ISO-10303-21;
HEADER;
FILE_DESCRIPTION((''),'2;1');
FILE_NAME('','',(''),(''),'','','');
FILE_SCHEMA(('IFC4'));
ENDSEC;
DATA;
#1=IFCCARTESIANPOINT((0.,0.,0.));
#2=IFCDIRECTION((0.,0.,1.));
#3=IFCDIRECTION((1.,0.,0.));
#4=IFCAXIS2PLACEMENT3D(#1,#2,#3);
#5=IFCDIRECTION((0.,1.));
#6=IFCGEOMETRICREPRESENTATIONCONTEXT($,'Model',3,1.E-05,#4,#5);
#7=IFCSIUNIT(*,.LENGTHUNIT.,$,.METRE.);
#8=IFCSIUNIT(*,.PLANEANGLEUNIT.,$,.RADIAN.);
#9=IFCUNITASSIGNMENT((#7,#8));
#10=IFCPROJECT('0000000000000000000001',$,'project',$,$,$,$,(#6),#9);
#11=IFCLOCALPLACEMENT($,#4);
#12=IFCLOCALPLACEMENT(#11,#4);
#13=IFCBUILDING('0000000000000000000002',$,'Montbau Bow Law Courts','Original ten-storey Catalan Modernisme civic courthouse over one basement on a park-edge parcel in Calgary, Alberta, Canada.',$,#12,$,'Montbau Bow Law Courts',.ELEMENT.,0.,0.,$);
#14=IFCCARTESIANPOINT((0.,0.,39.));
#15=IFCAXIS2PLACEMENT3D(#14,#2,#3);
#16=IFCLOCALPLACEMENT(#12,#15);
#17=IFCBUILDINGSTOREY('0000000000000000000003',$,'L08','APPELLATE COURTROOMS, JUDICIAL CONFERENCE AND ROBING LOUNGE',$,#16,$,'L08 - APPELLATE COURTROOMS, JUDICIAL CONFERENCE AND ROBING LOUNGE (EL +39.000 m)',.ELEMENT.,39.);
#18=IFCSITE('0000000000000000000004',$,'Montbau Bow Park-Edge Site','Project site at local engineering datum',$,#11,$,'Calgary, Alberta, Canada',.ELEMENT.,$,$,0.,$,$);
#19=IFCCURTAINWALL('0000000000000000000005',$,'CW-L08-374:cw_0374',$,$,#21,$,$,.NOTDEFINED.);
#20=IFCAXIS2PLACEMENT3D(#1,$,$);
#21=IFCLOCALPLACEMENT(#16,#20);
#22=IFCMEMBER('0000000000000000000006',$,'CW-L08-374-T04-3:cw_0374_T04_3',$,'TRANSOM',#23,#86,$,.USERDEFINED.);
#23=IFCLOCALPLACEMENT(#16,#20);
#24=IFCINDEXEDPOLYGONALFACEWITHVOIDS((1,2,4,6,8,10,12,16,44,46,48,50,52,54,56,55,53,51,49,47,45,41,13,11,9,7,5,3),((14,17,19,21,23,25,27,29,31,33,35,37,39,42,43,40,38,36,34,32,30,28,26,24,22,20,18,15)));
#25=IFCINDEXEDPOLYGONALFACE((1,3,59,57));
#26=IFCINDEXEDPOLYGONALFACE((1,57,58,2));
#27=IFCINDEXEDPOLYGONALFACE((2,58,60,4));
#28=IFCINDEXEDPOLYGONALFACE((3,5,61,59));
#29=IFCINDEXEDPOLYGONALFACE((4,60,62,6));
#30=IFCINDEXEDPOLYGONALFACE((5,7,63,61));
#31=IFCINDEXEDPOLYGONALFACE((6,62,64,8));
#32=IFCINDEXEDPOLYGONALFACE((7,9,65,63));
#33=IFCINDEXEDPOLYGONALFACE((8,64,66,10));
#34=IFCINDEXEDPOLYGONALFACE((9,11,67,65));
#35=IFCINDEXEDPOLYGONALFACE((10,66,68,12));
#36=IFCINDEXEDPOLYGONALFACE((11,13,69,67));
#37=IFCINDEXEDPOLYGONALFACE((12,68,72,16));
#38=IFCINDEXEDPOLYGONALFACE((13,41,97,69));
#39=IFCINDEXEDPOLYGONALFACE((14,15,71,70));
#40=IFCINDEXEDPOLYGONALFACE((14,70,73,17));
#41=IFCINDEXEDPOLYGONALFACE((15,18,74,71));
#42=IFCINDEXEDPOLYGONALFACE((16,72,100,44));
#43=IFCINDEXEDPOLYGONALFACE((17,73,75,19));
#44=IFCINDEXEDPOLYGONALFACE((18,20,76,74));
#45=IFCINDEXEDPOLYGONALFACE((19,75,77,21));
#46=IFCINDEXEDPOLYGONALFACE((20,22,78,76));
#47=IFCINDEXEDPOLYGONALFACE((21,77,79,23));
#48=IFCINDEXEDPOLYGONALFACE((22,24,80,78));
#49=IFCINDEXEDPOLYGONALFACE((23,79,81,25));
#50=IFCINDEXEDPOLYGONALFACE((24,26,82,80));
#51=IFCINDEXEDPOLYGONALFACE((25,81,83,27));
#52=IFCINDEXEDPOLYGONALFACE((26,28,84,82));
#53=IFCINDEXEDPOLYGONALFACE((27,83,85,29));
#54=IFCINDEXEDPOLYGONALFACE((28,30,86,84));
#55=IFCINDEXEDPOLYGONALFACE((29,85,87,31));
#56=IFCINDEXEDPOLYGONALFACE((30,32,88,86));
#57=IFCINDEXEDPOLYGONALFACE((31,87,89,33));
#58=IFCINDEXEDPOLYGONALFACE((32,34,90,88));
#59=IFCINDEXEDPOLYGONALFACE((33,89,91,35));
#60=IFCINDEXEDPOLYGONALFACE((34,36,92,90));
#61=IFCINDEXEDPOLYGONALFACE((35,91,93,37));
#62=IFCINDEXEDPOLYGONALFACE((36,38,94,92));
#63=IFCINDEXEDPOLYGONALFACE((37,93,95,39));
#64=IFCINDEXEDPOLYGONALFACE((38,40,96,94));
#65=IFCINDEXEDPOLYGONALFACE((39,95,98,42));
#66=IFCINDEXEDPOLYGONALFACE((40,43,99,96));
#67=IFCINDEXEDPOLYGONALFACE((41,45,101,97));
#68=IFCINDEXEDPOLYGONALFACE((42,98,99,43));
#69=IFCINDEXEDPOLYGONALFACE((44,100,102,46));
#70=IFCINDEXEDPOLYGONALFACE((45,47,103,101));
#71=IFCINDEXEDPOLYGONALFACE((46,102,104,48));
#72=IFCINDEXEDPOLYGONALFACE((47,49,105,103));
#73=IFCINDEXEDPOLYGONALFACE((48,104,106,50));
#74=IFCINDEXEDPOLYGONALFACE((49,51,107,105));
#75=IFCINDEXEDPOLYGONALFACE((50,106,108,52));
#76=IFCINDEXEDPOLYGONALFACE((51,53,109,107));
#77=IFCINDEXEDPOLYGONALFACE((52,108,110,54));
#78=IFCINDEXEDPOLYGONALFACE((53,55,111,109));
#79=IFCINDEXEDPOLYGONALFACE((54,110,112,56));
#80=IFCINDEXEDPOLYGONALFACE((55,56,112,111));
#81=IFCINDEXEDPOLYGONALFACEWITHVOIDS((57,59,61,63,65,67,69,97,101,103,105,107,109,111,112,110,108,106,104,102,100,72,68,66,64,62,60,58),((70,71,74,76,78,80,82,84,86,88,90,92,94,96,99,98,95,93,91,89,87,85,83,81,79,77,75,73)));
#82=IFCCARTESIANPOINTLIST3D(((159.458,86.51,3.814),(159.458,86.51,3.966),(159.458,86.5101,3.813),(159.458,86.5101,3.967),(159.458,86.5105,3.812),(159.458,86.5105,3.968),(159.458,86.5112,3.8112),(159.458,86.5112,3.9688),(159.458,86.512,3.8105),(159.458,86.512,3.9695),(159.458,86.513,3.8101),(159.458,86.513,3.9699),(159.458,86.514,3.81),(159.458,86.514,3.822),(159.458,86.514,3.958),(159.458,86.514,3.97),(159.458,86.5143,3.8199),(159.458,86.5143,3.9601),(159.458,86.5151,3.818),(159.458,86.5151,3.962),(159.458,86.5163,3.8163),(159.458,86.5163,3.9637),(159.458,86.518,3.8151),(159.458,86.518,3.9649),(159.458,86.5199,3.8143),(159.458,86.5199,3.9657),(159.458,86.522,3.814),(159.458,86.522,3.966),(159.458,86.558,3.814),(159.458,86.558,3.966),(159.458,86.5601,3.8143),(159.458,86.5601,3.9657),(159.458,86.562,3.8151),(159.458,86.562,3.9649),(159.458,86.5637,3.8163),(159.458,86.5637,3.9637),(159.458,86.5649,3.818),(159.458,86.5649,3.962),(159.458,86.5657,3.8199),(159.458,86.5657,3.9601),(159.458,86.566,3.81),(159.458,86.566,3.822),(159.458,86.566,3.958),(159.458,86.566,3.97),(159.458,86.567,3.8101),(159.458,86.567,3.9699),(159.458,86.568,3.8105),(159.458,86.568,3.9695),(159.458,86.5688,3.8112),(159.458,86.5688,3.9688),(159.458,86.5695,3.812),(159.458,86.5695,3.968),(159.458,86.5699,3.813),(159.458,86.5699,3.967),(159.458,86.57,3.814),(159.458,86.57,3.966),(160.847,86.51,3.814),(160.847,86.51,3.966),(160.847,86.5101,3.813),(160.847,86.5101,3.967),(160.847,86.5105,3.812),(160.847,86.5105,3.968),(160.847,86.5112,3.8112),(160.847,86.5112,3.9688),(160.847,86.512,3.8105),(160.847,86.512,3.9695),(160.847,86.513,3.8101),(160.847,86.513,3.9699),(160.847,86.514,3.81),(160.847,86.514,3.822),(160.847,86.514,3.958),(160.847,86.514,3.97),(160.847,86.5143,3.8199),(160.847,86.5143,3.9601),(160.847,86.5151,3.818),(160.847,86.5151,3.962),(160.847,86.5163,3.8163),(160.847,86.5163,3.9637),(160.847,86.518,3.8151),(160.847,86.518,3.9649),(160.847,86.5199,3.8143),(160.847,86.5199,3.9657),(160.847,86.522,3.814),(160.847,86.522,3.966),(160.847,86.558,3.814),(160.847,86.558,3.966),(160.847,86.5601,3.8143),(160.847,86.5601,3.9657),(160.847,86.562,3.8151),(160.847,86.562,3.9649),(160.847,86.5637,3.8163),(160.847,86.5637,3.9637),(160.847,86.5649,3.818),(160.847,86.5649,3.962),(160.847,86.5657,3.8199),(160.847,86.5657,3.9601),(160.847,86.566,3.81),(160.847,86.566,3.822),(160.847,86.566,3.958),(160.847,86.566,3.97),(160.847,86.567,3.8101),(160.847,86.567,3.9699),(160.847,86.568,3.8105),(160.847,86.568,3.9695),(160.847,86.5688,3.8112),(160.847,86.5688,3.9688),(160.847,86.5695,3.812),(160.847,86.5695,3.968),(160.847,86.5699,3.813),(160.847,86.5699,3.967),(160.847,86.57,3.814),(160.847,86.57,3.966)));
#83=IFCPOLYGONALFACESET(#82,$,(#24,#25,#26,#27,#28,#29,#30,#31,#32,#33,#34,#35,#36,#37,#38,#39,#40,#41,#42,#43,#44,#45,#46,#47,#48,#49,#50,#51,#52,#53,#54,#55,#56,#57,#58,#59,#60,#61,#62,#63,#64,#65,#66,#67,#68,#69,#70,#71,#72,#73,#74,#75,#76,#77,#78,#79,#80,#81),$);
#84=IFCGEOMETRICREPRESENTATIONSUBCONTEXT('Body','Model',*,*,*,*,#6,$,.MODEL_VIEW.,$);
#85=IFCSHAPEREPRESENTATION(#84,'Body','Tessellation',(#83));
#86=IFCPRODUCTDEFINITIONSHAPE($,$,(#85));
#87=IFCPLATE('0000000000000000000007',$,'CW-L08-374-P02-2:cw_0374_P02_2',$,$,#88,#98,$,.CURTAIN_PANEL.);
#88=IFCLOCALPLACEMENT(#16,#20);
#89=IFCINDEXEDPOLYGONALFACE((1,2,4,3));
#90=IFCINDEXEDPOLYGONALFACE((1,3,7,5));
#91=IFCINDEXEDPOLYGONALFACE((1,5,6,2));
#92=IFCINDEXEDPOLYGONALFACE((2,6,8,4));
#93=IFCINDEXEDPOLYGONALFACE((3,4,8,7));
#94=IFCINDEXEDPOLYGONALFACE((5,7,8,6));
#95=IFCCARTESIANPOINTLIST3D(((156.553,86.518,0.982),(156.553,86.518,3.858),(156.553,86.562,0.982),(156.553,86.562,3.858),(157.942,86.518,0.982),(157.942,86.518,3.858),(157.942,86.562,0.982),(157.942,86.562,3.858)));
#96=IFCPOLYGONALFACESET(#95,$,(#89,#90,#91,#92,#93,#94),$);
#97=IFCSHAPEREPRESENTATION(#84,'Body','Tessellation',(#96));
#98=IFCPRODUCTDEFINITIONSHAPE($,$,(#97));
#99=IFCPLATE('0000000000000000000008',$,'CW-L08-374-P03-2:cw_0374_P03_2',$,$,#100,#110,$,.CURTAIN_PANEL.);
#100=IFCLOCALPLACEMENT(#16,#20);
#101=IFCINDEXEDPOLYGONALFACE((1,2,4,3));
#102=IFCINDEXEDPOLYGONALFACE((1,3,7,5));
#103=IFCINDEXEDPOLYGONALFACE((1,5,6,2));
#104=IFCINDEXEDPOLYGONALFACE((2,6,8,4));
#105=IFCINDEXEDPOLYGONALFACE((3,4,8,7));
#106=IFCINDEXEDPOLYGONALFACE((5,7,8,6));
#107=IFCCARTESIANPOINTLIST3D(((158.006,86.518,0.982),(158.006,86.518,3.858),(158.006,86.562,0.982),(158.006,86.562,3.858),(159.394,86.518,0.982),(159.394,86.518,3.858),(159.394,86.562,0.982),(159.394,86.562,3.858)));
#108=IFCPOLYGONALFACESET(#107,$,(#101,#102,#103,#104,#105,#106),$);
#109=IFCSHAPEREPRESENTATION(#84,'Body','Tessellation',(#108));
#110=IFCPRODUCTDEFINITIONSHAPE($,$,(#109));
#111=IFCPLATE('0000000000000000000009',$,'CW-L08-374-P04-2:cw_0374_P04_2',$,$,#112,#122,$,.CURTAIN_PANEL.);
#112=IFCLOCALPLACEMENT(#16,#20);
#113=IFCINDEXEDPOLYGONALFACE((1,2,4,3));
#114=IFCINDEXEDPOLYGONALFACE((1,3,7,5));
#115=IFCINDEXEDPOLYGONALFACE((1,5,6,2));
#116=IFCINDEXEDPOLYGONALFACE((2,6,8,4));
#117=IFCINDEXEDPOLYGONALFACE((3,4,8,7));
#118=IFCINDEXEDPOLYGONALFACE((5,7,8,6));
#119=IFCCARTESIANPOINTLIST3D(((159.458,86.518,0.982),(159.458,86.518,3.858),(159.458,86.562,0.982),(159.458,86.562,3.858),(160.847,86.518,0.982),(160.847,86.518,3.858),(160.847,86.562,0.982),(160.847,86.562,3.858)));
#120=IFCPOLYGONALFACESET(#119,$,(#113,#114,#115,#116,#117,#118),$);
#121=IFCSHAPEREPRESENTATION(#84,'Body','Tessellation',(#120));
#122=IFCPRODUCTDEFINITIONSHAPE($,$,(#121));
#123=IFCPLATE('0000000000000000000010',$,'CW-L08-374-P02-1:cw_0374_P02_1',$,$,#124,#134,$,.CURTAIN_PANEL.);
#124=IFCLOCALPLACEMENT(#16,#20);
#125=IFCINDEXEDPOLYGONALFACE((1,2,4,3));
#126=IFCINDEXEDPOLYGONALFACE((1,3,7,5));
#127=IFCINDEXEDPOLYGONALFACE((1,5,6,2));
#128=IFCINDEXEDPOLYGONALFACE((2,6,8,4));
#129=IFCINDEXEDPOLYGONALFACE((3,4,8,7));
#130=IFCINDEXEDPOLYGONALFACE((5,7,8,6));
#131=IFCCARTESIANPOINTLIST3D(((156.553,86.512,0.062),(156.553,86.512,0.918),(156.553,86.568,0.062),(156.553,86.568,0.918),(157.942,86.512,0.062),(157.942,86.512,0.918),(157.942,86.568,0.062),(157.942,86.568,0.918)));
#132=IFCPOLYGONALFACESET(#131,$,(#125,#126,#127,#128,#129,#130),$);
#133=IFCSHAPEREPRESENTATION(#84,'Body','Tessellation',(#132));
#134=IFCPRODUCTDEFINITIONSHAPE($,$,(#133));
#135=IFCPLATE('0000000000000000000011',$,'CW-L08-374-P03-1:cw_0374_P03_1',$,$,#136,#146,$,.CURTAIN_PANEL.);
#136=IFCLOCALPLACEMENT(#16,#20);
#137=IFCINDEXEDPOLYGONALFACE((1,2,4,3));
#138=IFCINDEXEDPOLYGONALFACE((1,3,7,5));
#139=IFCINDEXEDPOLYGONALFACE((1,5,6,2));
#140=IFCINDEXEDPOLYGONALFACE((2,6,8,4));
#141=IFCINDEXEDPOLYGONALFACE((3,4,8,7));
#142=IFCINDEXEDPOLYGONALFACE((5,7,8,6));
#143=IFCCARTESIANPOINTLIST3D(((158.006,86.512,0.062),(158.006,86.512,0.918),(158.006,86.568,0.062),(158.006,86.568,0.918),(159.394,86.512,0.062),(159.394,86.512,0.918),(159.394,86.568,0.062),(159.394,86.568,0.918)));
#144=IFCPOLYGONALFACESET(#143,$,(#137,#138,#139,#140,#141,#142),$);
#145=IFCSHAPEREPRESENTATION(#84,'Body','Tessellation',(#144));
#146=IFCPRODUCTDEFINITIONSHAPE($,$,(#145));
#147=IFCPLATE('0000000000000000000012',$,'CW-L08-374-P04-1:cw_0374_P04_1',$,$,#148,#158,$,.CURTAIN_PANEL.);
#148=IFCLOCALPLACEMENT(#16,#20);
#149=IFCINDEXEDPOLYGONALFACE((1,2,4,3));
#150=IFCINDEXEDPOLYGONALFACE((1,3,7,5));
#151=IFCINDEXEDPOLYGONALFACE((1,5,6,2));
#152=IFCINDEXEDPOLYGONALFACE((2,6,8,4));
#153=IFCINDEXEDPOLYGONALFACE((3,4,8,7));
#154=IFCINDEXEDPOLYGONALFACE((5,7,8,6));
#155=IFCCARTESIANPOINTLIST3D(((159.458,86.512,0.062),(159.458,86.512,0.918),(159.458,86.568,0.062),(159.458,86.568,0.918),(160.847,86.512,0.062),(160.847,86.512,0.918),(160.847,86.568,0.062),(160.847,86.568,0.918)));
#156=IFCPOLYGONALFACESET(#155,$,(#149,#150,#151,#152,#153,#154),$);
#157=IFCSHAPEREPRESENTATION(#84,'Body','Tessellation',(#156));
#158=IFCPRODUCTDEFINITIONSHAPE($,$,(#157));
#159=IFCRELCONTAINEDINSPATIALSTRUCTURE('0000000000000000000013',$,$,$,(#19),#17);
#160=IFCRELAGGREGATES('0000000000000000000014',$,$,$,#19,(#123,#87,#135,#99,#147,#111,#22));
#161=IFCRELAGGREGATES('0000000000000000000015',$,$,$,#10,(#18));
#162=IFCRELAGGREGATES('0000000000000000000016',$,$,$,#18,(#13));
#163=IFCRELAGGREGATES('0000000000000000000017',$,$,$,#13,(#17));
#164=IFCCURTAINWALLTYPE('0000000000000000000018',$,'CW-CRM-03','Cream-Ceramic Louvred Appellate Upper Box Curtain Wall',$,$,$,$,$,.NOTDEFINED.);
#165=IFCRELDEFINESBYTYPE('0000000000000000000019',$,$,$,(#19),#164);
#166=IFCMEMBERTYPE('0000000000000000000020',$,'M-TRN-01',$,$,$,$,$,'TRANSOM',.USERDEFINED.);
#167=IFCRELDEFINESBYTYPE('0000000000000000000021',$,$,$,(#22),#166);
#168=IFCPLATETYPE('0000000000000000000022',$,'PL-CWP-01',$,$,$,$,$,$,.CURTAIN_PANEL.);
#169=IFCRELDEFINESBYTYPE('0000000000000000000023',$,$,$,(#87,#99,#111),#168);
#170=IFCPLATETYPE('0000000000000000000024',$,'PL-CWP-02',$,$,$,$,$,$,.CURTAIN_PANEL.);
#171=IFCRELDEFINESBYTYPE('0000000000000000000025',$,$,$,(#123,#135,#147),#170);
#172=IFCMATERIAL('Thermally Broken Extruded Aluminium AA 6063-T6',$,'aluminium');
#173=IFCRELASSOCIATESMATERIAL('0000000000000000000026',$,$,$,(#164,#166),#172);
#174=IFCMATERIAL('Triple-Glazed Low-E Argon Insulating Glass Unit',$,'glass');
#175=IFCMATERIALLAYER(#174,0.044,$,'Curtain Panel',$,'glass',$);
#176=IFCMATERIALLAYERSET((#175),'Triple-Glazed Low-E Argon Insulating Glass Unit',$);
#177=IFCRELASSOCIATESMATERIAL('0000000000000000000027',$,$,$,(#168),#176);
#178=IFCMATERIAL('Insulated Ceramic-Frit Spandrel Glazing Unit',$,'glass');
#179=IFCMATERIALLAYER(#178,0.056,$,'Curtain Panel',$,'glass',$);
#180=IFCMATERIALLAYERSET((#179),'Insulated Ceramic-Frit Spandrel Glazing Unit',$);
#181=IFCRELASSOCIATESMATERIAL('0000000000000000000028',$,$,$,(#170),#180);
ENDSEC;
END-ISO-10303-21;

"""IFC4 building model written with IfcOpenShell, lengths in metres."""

from ifc_helpers import new_model, si_unit, direction, frame, frame_2d, origin_with_axes, origin_2d_with_axis, place, context, subcontext, project, spatial, rectangle, hollow_rectangle, extrude, material, layer, layer_set, material_profile, profile_set, type_object, element, aggregate, save


model = new_model("IFC4")

# Units and contexts
model_context = context("Model", 3, precision=1e-05, world=origin_with_axes(), true_north=direction((0.0, 1.0)))
body_context = subcontext(model_context, "Body", "Model", "MODEL_VIEW")
ifc_project = project(units=[si_unit("LENGTHUNIT", "METRE"), si_unit("PLANEANGLEUNIT", "RADIAN")], contexts=[model_context])

# Site, building, storey
site_placement = place(None, origin_with_axes())
site = spatial("IfcSite", under=ifc_project, at=site_placement, Name="Montbau Bow Park-Edge Site", Description="Project site at local engineering datum", LongName="Calgary, Alberta, Canada", CompositionType="ELEMENT", RefElevation=0.0)
building_placement = place(site_placement, origin_with_axes())
building = spatial("IfcBuilding", under=site, at=building_placement, Name="Montbau Bow Law Courts", Description="Original ten-storey Catalan Modernisme civic courthouse over one basement on a park-edge parcel in Calgary, Alberta, Canada.", LongName="Montbau Bow Law Courts", CompositionType="ELEMENT", ElevationOfRefHeight=0.0, ElevationOfTerrain=0.0)
storey_placement = place(building_placement, frame((0.0, 0.0, 39.0), z_axis=(0.0, 0.0, 1.0), x_axis=(1.0, 0.0, 0.0)))
storey = spatial("IfcBuildingStorey", under=building, at=storey_placement, Name="L08", Description="APPELLATE COURTROOMS, JUDICIAL CONFERENCE AND ROBING LOUNGE", LongName="L08 - APPELLATE COURTROOMS, JUDICIAL CONFERENCE AND ROBING LOUNGE (EL +39.000 m)", CompositionType="ELEMENT", Elevation=39.0)

# Curtain wall, member, plates
ifc_material_1 = material(Name="Thermally Broken Extruded Aluminium AA 6063-T6", Category="aluminium")
curtain_wall_type = type_object("IfcCurtainWallType", Name="CW-CRM-03", Description="Cream-Ceramic Louvred Appellate Upper Box Curtain Wall", PredefinedType="NOTDEFINED", material=ifc_material_1)
curtain_wall_placement = place(None, frame((155.068, 86.54, 39.0), z_axis=(0.0, 0.0, 1.0), x_axis=(1.0, 0.0, 0.0)))
curtain_wall = element("IfcCurtainWall", 1, at=curtain_wall_placement, inside=storey, type_object=curtain_wall_type, Name="CW-L08-374:cw_0374", PredefinedType="NOTDEFINED")
ifc_material_profile_1 = material_profile(ifc_material_1, hollow_rectangle(XDim=0.06, YDim=0.16, WallThickness=0.004, InnerFilletRadius=0.008, OuterFilletRadius=0.004, at=origin_2d_with_axis()), Name="CWT-160X60", Category="Main", Priority=0)
ifc_profile_set_1 = profile_set([ifc_material_profile_1], Name="Thermally Broken Extruded Aluminium AA 6063-T6")
member_type_1 = type_object("IfcMemberType", Name="M-TRN-01", ElementType="TRANSOM", PredefinedType="USERDEFINED", material=ifc_profile_set_1)
member_1_placement = place(None, frame((159.458, 86.54, 42.89), z_axis=(1.0, 0.0, 0.0), x_axis=(0.0, 1.0, 0.0)))
member_1 = element("IfcMember", 2, at=member_1_placement, type_object=member_type_1, Name="CW-L08-374-T04-3:cw_0374_T04_3", ObjectType="TRANSOM", PredefinedType="USERDEFINED", context=body_context, shape_type="SweptSolid", body=[
    extrude(hollow_rectangle(XDim=0.06, YDim=0.16, WallThickness=0.004, InnerFilletRadius=0.008, OuterFilletRadius=0.004, at=origin_2d_with_axis()), origin_with_axes(), (0.0, 0.0, 1.0), 1.389),
])
ifc_material_2 = material(Name="Triple-Glazed Low-E Argon Insulating Glass Unit", Category="glass")
ifc_layer_1 = layer(ifc_material_2, 0.044, Name="Curtain Panel", Category="glass")
ifc_layer_set_1 = layer_set([ifc_layer_1], Name="Triple-Glazed Low-E Argon Insulating Glass Unit")
plate_type_1 = type_object("IfcPlateType", Name="PL-CWP-01", PredefinedType="CURTAIN_PANEL", material=ifc_layer_set_1)
plate_1_placement = place(None, frame((156.553, 86.54, 39.982), z_axis=(0.0, -1.0, 0.0), x_axis=(1.0, 0.0, 0.0)))
plate_1 = element("IfcPlate", 3, at=plate_1_placement, type_object=plate_type_1, Name="CW-L08-374-P02-2:cw_0374_P02_2", PredefinedType="CURTAIN_PANEL", context=body_context, shape_type="SweptSolid", body=[
    extrude(rectangle(XDim=1.389, YDim=2.876, at=frame_2d((0.6945, 1.438), x_axis=(1.0, 0.0))), frame((0.0, 0.0, -0.022), z_axis=(0.0, 0.0, 1.0), x_axis=(1.0, 0.0, 0.0)), (0.0, 0.0, 1.0), 0.044),
])
plate_2_placement = place(None, frame((158.006, 86.54, 39.982), z_axis=(0.0, -1.0, 0.0), x_axis=(1.0, 0.0, 0.0)))
plate_2 = element("IfcPlate", 4, at=plate_2_placement, type_object=plate_type_1, Name="CW-L08-374-P03-2:cw_0374_P03_2", PredefinedType="CURTAIN_PANEL", context=body_context, shape_type="SweptSolid", body=[
    extrude(rectangle(XDim=1.388, YDim=2.876, at=frame_2d((0.694, 1.438), x_axis=(1.0, 0.0))), frame((0.0, 0.0, -0.022), z_axis=(0.0, 0.0, 1.0), x_axis=(1.0, 0.0, 0.0)), (0.0, 0.0, 1.0), 0.044),
])
plate_3_placement = place(None, frame((159.458, 86.54, 39.982), z_axis=(0.0, -1.0, 0.0), x_axis=(1.0, 0.0, 0.0)))
plate_3 = element("IfcPlate", 5, at=plate_3_placement, type_object=plate_type_1, Name="CW-L08-374-P04-2:cw_0374_P04_2", PredefinedType="CURTAIN_PANEL", context=body_context, shape_type="SweptSolid", body=[
    extrude(rectangle(XDim=1.389, YDim=2.876, at=frame_2d((0.6945, 1.438), x_axis=(1.0, 0.0))), frame((0.0, 0.0, -0.022), z_axis=(0.0, 0.0, 1.0), x_axis=(1.0, 0.0, 0.0)), (0.0, 0.0, 1.0), 0.044),
])
ifc_material_3 = material(Name="Insulated Ceramic-Frit Spandrel Glazing Unit", Category="glass")
ifc_layer_2 = layer(ifc_material_3, 0.056, Name="Curtain Panel", Category="glass")
ifc_layer_set_2 = layer_set([ifc_layer_2], Name="Insulated Ceramic-Frit Spandrel Glazing Unit")
plate_type_2 = type_object("IfcPlateType", Name="PL-CWP-02", PredefinedType="CURTAIN_PANEL", material=ifc_layer_set_2)
plate_4_placement = place(None, frame((156.553, 86.54, 39.062), z_axis=(0.0, -1.0, 0.0), x_axis=(1.0, 0.0, 0.0)))
plate_4 = element("IfcPlate", 6, at=plate_4_placement, type_object=plate_type_2, Name="CW-L08-374-P02-1:cw_0374_P02_1", PredefinedType="CURTAIN_PANEL", context=body_context, shape_type="SweptSolid", body=[
    extrude(rectangle(XDim=1.389, YDim=0.856, at=frame_2d((0.6945, 0.428), x_axis=(1.0, 0.0))), frame((0.0, 0.0, -0.028), z_axis=(0.0, 0.0, 1.0), x_axis=(1.0, 0.0, 0.0)), (0.0, 0.0, 1.0), 0.056),
])
plate_5_placement = place(None, frame((158.006, 86.54, 39.062), z_axis=(0.0, -1.0, 0.0), x_axis=(1.0, 0.0, 0.0)))
plate_5 = element("IfcPlate", 7, at=plate_5_placement, type_object=plate_type_2, Name="CW-L08-374-P03-1:cw_0374_P03_1", PredefinedType="CURTAIN_PANEL", context=body_context, shape_type="SweptSolid", body=[
    extrude(rectangle(XDim=1.388, YDim=0.856, at=frame_2d((0.694, 0.428), x_axis=(1.0, 0.0))), frame((0.0, 0.0, -0.028), z_axis=(0.0, 0.0, 1.0), x_axis=(1.0, 0.0, 0.0)), (0.0, 0.0, 1.0), 0.056),
])
plate_6_placement = place(None, frame((159.458, 86.54, 39.062), z_axis=(0.0, -1.0, 0.0), x_axis=(1.0, 0.0, 0.0)))
plate_6 = element("IfcPlate", 8, at=plate_6_placement, type_object=plate_type_2, Name="CW-L08-374-P04-1:cw_0374_P04_1", PredefinedType="CURTAIN_PANEL", context=body_context, shape_type="SweptSolid", body=[
    extrude(rectangle(XDim=1.389, YDim=0.856, at=frame_2d((0.6945, 0.428), x_axis=(1.0, 0.0))), frame((0.0, 0.0, -0.028), z_axis=(0.0, 0.0, 1.0), x_axis=(1.0, 0.0, 0.0)), (0.0, 0.0, 1.0), 0.056),
])
aggregate(curtain_wall, [plate_4, plate_1, plate_5, plate_2, plate_6, plate_3, member_1])

save(model, "model.ifc")
